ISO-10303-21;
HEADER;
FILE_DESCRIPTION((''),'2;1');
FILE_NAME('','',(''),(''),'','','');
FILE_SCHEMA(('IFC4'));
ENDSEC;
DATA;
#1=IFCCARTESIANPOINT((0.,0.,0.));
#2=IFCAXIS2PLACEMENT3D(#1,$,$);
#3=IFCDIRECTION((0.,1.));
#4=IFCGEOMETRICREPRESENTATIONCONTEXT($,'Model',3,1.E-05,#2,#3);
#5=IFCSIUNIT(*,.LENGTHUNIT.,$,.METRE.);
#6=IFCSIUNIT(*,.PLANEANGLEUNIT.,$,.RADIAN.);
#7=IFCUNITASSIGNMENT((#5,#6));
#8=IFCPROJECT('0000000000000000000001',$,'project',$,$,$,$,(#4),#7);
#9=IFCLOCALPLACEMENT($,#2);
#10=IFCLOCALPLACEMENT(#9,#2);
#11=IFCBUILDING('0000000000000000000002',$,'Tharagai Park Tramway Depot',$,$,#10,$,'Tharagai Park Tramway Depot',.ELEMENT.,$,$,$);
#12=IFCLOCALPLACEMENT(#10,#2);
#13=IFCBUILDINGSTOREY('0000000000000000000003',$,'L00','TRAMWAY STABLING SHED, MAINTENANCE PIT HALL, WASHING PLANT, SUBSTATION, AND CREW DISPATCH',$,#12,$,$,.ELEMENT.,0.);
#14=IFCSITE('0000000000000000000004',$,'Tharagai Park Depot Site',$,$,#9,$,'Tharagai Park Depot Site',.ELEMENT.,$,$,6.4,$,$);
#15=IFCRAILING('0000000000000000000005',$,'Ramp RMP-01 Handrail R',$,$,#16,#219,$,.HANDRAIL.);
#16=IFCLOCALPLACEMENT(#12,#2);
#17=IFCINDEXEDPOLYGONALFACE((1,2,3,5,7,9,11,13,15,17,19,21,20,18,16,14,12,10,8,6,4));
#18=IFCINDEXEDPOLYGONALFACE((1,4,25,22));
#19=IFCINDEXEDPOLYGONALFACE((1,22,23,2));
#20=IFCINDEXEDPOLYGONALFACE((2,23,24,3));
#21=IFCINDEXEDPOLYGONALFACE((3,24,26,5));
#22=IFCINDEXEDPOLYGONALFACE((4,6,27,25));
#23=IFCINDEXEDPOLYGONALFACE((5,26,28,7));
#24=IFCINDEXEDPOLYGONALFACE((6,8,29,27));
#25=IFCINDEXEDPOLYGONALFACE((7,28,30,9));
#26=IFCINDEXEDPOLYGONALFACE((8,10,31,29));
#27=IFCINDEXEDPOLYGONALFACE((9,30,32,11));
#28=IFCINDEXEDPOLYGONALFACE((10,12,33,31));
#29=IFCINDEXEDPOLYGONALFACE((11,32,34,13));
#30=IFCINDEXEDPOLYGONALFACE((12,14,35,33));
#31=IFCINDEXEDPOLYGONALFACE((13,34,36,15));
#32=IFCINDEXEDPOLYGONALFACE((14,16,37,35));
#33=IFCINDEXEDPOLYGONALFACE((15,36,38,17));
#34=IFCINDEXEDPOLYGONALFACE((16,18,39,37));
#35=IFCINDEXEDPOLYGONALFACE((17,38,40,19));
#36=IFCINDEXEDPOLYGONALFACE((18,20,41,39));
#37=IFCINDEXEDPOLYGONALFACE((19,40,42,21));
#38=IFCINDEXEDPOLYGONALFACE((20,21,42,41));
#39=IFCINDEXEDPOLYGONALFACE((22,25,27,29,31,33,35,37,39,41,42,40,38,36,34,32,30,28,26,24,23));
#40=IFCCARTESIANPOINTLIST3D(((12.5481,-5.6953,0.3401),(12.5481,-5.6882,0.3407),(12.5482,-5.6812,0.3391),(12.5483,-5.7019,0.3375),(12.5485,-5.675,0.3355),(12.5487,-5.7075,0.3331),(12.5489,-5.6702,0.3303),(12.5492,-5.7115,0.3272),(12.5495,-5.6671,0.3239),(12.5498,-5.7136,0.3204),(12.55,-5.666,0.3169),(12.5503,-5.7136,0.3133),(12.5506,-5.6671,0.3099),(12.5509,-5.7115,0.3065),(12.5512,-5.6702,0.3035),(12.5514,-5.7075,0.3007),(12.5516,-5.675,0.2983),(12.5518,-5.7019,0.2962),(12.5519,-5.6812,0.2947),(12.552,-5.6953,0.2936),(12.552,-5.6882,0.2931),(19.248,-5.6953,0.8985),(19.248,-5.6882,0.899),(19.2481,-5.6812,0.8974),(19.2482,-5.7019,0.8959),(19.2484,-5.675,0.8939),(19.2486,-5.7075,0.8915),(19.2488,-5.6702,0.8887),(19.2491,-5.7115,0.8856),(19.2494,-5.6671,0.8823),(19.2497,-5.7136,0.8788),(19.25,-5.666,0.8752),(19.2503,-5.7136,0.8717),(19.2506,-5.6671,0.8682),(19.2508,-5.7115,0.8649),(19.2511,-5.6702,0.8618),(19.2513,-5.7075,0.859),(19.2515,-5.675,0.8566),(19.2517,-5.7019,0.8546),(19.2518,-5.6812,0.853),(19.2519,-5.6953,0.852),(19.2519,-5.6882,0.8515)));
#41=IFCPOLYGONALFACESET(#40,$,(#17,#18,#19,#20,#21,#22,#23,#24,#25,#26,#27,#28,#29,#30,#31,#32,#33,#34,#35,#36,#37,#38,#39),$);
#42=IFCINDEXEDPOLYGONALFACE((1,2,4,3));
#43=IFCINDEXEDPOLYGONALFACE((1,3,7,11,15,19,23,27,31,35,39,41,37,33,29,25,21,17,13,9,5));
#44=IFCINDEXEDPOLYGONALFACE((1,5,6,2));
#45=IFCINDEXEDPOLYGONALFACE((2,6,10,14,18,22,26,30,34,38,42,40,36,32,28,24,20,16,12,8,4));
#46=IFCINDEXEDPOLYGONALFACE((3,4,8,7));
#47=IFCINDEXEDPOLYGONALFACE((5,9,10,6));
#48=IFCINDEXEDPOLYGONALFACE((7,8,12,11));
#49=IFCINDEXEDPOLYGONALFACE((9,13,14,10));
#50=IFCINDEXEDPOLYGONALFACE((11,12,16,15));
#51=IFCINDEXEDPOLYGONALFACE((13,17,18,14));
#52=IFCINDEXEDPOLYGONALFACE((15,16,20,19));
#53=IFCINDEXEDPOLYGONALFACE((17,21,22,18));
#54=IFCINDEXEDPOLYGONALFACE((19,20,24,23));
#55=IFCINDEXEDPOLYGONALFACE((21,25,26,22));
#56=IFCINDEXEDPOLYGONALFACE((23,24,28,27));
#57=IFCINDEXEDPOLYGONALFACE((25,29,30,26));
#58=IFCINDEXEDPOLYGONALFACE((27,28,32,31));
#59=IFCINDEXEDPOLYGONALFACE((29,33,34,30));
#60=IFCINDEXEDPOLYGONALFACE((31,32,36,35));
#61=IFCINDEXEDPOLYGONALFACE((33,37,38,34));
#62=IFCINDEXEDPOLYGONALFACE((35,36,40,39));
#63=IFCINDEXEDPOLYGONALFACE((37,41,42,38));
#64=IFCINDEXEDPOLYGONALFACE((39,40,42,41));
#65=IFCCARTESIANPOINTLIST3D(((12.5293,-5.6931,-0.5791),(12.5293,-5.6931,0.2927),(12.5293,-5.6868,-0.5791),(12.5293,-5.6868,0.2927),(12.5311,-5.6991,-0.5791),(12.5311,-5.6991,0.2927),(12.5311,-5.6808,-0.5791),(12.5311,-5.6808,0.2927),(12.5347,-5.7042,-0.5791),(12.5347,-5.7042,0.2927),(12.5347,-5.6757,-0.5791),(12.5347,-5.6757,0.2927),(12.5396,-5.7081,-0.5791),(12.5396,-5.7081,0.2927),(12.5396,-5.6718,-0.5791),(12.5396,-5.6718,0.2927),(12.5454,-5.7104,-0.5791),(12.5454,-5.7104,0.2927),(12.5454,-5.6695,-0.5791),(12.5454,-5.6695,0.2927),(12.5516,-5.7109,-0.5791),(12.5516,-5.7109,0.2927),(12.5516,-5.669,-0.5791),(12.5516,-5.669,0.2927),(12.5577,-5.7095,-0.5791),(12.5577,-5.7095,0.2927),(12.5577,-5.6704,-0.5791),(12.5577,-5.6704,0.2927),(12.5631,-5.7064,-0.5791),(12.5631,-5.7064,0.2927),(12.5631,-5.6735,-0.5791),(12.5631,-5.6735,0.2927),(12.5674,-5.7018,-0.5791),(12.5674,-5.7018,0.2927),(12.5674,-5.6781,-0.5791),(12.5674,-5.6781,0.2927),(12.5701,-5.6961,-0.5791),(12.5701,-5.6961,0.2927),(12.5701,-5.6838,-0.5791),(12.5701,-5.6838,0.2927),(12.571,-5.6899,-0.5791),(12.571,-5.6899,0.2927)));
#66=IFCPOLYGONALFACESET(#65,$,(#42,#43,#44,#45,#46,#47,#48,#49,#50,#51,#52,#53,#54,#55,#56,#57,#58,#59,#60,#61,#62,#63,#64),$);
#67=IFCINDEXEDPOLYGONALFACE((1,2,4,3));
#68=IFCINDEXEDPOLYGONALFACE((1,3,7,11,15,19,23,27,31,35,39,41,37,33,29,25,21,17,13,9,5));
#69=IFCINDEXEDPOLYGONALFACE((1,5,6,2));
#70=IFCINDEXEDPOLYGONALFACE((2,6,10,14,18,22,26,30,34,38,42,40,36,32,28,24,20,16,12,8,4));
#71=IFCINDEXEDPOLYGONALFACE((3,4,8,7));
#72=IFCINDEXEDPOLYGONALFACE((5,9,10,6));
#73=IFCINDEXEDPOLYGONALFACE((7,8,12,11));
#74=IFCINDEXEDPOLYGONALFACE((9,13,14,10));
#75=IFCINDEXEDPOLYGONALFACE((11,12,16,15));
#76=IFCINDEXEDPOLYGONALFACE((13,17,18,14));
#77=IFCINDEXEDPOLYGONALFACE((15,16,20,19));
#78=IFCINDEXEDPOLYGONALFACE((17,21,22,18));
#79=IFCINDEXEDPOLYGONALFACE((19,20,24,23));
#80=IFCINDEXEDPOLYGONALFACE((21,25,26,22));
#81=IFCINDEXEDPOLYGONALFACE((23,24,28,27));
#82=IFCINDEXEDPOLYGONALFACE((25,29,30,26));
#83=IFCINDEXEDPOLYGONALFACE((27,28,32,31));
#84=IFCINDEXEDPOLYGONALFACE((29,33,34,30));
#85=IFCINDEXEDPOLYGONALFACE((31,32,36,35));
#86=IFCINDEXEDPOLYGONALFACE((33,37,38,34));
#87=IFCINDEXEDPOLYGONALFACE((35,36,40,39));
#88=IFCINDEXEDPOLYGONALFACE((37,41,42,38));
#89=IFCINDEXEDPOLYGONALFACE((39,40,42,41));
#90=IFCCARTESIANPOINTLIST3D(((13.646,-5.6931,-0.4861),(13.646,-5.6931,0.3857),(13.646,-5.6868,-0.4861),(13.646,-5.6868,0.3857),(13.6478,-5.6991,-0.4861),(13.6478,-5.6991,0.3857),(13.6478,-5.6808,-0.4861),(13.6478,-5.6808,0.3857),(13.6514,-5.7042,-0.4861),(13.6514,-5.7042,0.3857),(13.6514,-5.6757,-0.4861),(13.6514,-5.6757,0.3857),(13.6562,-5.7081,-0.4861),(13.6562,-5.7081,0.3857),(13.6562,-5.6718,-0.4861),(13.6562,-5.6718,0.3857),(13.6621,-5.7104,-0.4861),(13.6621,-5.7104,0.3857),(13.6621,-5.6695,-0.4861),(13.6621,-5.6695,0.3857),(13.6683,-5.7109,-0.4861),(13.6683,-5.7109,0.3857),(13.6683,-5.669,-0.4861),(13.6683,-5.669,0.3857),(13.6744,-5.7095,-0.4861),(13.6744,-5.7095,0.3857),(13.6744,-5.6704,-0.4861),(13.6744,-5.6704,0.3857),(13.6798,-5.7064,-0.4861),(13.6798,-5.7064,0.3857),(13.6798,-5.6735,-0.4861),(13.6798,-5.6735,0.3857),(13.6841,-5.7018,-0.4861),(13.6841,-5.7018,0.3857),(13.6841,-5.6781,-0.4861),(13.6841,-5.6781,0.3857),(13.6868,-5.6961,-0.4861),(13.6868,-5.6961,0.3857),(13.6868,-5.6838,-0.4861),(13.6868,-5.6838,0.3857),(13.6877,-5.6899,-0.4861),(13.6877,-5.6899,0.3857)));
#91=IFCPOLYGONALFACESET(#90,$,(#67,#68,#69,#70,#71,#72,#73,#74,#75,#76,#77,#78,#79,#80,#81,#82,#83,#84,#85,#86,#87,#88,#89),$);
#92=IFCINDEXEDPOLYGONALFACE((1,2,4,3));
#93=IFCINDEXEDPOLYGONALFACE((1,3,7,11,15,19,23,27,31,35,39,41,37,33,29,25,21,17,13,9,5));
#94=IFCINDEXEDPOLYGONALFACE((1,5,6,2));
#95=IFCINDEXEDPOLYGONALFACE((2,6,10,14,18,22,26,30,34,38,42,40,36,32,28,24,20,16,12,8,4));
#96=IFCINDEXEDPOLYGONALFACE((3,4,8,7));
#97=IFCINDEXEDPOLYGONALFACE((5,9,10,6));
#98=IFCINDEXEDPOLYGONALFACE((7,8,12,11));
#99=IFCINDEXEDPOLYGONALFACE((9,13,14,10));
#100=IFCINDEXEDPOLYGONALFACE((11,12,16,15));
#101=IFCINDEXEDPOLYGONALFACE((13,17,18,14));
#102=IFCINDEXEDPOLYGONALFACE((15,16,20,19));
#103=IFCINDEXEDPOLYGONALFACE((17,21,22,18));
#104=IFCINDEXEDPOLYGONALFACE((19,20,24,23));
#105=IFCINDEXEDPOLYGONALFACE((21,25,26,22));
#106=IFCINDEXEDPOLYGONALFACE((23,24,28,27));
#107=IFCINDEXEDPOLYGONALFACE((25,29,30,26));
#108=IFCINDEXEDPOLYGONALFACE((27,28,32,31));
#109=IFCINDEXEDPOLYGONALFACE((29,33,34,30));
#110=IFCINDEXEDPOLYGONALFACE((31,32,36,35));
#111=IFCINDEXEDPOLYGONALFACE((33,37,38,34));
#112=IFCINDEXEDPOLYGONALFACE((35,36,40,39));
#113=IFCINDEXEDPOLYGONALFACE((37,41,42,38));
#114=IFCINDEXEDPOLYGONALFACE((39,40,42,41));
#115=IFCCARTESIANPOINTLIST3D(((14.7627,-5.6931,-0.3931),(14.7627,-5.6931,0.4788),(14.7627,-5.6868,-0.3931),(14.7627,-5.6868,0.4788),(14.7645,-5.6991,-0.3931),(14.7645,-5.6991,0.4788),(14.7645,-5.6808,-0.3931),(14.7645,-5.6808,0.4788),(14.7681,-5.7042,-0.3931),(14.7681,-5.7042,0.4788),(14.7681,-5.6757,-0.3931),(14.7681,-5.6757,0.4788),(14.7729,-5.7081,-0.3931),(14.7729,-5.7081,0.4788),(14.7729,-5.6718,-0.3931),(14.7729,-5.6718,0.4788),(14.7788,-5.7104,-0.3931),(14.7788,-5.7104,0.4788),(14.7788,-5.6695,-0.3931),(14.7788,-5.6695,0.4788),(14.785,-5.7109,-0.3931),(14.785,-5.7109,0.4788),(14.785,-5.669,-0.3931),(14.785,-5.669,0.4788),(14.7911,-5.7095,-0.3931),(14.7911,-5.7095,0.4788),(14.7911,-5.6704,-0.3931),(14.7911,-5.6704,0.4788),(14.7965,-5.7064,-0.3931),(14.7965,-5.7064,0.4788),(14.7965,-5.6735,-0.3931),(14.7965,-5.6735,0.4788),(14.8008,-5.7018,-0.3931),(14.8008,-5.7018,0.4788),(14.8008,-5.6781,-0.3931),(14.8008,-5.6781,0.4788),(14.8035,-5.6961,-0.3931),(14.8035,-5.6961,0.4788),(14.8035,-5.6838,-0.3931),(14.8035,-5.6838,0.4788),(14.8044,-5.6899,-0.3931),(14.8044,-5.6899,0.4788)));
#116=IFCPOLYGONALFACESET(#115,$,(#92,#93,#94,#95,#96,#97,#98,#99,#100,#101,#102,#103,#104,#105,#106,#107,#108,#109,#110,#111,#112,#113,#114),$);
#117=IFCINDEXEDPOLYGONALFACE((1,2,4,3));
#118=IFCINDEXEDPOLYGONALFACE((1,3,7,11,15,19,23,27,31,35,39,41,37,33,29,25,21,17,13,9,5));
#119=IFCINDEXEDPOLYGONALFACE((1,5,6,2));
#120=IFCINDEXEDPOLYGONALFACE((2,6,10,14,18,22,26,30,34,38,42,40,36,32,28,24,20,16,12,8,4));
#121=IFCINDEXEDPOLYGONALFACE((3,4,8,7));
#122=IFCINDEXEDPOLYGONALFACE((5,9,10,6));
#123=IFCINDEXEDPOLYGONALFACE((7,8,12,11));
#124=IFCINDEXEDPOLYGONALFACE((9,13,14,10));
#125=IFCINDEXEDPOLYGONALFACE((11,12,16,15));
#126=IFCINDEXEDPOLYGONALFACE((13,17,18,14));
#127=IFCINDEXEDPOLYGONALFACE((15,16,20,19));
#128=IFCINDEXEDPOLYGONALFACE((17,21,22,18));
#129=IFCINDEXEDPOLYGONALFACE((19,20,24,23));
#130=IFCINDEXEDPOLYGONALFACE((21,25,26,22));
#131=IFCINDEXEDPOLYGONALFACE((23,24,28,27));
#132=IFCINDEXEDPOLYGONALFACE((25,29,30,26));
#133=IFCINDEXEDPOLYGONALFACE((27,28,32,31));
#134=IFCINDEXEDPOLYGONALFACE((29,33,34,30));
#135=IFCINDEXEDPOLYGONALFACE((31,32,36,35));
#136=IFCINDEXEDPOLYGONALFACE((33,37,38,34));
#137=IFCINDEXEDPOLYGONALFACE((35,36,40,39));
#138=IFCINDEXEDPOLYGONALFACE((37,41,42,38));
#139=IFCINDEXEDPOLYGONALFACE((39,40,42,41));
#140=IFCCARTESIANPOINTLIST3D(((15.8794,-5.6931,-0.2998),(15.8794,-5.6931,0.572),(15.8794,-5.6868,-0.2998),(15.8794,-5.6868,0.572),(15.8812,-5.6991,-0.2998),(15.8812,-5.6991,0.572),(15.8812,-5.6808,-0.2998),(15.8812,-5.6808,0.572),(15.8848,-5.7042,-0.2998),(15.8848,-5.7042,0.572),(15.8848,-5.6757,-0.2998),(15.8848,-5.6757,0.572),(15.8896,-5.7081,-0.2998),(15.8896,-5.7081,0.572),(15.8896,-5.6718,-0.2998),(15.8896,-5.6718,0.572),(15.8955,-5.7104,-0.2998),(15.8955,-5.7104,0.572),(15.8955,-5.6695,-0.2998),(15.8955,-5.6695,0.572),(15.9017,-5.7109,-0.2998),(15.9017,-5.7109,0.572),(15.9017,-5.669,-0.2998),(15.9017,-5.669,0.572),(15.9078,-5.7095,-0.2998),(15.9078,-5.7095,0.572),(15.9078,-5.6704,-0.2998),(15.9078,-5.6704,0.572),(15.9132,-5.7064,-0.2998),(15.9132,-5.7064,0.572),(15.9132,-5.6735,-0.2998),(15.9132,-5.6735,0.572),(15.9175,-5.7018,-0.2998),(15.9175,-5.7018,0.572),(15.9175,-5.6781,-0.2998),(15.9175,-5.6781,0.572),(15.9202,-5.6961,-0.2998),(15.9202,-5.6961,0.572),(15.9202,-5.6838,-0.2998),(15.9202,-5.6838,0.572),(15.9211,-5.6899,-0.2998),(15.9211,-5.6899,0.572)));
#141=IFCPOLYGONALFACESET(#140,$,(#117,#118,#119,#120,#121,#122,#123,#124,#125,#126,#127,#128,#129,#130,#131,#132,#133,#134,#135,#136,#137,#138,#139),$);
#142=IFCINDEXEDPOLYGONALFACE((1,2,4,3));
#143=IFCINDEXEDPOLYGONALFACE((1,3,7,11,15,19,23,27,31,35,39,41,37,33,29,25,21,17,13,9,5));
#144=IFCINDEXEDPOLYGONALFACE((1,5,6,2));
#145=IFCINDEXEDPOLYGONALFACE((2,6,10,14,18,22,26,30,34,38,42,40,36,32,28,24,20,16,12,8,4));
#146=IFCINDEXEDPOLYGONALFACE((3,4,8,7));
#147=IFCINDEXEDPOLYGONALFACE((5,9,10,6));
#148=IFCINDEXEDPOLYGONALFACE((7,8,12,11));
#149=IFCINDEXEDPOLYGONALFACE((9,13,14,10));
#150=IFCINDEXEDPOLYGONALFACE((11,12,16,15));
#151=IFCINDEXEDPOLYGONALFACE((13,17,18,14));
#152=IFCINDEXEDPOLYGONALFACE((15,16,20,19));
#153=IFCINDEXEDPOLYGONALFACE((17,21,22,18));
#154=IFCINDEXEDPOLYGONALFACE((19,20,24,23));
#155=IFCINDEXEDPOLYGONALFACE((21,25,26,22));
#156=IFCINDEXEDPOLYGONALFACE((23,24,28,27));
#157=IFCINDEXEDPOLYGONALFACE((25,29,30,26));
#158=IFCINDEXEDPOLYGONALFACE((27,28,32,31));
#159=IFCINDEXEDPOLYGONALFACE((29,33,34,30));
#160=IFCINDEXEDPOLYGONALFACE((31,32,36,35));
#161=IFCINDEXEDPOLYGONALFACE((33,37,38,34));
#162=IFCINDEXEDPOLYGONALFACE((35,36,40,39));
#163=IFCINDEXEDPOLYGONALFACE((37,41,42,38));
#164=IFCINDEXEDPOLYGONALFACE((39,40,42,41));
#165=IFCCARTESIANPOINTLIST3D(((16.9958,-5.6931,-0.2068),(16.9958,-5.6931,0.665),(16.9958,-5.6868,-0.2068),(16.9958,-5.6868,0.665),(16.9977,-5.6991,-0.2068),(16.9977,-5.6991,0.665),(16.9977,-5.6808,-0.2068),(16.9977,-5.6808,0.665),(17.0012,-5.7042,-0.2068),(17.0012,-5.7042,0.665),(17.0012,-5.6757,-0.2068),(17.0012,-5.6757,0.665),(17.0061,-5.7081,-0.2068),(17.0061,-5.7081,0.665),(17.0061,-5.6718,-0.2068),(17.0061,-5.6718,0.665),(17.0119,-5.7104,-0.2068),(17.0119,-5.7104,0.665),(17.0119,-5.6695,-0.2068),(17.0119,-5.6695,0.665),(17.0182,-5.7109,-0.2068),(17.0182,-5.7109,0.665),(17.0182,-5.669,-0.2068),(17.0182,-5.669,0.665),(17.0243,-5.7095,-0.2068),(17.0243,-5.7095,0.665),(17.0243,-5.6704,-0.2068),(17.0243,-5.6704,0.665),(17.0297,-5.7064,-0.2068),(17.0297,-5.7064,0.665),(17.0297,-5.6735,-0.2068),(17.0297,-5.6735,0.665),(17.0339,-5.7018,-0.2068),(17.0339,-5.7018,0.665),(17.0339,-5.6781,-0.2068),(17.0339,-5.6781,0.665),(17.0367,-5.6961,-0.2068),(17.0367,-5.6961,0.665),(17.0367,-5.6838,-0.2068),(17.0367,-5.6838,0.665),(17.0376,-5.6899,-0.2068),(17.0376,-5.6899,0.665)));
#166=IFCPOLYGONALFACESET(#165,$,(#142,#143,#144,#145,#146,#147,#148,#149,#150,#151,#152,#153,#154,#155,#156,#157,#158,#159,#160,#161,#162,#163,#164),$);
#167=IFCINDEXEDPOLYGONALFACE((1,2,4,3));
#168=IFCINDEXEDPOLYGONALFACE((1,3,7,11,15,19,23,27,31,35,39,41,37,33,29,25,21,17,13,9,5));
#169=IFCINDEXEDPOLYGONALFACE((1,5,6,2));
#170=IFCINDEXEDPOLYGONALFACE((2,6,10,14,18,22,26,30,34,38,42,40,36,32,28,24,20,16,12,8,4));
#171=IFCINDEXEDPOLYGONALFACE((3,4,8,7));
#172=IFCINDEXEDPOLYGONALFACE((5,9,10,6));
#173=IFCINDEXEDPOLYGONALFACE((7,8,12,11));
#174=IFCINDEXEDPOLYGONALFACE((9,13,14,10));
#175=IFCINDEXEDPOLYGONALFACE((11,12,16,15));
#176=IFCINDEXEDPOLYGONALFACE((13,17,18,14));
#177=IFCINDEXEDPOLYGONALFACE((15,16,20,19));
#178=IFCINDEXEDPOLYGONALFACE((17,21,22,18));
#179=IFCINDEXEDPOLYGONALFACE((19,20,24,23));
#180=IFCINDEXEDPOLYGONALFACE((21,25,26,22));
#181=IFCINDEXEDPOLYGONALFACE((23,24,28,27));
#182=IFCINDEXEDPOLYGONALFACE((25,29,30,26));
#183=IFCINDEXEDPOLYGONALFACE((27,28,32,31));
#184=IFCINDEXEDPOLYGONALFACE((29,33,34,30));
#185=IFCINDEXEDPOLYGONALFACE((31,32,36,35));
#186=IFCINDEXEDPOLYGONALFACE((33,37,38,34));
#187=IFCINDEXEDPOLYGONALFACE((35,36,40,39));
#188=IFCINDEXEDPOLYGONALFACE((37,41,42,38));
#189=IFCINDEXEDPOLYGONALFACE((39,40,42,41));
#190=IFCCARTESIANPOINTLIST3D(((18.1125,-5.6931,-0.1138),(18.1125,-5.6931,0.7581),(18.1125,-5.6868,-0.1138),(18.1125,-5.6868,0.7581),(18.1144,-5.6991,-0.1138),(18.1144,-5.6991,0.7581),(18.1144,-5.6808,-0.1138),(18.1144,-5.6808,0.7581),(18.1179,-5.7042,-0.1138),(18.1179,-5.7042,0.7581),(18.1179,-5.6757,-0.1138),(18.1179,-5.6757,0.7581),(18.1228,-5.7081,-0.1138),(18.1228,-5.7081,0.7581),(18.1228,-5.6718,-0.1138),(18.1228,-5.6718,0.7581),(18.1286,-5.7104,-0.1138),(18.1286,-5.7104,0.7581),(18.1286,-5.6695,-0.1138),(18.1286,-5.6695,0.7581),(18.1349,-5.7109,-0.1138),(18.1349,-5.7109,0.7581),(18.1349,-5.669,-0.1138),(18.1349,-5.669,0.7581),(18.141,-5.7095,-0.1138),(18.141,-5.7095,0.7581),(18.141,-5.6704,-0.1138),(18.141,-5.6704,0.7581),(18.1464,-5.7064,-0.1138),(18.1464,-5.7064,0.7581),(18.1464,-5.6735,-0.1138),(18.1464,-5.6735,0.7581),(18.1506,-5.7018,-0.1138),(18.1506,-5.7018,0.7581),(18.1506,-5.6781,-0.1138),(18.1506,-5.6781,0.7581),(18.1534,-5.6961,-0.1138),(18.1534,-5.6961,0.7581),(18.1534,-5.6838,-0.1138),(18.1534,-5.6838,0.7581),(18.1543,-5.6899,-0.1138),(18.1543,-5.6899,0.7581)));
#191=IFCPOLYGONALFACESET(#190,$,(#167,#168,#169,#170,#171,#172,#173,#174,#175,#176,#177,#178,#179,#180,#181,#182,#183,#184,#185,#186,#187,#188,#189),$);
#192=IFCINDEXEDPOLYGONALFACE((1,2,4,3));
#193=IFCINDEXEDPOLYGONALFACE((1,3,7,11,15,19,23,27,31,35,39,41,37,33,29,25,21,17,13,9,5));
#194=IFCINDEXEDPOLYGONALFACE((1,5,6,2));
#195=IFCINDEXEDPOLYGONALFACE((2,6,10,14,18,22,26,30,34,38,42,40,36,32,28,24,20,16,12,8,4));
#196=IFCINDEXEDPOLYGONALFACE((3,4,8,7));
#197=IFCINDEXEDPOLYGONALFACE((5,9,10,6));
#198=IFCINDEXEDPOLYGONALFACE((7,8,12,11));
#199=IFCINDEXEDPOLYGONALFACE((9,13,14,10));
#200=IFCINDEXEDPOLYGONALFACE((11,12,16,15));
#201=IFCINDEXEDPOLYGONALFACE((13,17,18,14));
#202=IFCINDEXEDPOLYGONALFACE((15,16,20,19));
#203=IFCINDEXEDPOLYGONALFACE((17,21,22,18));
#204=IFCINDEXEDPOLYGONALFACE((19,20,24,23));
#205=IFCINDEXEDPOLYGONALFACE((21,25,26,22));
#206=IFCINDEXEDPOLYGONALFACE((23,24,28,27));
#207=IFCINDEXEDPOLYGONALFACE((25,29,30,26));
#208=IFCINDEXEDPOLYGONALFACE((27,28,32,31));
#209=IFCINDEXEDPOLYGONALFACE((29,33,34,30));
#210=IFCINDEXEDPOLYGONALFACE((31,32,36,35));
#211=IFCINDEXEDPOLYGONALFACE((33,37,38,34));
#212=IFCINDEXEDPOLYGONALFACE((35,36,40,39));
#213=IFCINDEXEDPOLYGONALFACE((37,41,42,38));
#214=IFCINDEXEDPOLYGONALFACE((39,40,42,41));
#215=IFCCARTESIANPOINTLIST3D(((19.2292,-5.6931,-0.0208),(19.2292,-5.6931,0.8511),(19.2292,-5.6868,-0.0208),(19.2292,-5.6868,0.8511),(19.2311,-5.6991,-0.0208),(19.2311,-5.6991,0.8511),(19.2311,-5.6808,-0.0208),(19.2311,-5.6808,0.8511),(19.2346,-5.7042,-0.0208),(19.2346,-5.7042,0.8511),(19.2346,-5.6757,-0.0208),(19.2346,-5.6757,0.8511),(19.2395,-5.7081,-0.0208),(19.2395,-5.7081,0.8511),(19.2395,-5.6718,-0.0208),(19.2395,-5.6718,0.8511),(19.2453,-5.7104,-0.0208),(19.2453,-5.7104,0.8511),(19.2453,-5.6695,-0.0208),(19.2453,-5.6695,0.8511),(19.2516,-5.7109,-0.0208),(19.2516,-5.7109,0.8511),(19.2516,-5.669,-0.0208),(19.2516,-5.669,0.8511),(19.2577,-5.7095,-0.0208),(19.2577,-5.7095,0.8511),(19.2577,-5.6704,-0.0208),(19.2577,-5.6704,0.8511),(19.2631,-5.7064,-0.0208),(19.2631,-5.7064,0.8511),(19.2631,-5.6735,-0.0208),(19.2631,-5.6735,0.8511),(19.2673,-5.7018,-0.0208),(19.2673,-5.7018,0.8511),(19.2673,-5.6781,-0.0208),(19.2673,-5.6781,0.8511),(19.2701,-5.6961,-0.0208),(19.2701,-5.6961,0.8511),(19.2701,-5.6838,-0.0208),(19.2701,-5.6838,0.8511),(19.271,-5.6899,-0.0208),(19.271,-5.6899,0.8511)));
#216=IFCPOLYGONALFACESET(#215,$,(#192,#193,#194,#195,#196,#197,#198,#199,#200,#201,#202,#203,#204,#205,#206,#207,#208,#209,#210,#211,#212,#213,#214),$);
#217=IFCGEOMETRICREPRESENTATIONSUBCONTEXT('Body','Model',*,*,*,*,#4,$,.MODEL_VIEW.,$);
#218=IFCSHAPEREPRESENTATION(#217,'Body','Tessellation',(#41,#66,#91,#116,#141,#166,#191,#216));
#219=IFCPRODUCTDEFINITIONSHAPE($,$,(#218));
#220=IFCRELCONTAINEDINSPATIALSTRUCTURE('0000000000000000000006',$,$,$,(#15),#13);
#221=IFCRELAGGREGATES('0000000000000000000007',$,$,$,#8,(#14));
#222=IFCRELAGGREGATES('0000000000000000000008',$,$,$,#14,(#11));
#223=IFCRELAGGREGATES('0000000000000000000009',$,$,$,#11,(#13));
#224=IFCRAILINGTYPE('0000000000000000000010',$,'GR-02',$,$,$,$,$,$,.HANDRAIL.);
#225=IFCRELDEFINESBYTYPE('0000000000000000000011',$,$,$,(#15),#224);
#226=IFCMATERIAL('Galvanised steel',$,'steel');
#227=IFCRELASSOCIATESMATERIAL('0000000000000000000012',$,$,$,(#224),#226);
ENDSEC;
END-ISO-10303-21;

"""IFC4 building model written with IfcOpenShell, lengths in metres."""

from ifc_helpers import new_model, si_unit, direction, frame, origin, origin_2d, place, context, subcontext, project, spatial, circle, extrude, material, type_object, element, save


model = new_model("IFC4")

# Units and contexts
model_context = context("Model", 3, precision=1e-05, world=origin(), true_north=direction((0.0, 1.0)))
body_context = subcontext(model_context, "Body", "Model", "MODEL_VIEW")
ifc_project = project(units=[si_unit("LENGTHUNIT", "METRE"), si_unit("PLANEANGLEUNIT", "RADIAN")], contexts=[model_context])

# Site, building, storey
site_placement = place(None, origin())
site = spatial("IfcSite", under=ifc_project, at=site_placement, Name="Tharagai Park Depot Site", LongName="Tharagai Park Depot Site", CompositionType="ELEMENT", RefElevation=6.4)
building_placement = place(site_placement, origin())
building = spatial("IfcBuilding", under=site, at=building_placement, Name="Tharagai Park Tramway Depot", LongName="Tharagai Park Tramway Depot", CompositionType="ELEMENT")
storey_placement = place(building_placement, origin())
storey = spatial("IfcBuildingStorey", under=building, at=storey_placement, Name="L00", Description="TRAMWAY STABLING SHED, MAINTENANCE PIT HALL, WASHING PLANT, SUBSTATION, AND CREW DISPATCH", CompositionType="ELEMENT", Elevation=0.0)

# Shared definitions
ifc_material_1 = material(Name="Galvanised steel", Category="steel")

# Railing
railing_type_1 = type_object("IfcRailingType", Name="GR-02", PredefinedType="HANDRAIL", material=ifc_material_1)
for number, where, name in (
    (1, (12.55, -5.6899, -0.5791), "Ramp RMP-01 Handrail R"),
):
    element("IfcRailing", number, at=place(storey_placement, frame(where)), inside=storey, type_object=railing_type_1, Name=name, PredefinedType="HANDRAIL", context=body_context, shape_type="SweptSolid", body=[
        extrude(circle(Radius=0.0239, at=origin_2d()), frame((0.0, 0.0, 0.896), z_axis=(0.996546, 0.0, 0.083048), x_axis=(0.0, 1.0, 0.0)), (0.0, 0.0, 1.0), 6.7231),
        extrude(circle(Radius=0.021, at=origin_2d()), origin(), (0.0, 0.0, 1.0), 0.8718),
        extrude(circle(Radius=0.021, at=origin_2d()), frame((1.1167, 0.0, 0.093)), (0.0, 0.0, 1.0), 0.8718),
        extrude(circle(Radius=0.021, at=origin_2d()), frame((2.2334, 0.0, 0.186)), (0.0, 0.0, 1.0), 0.8718),
        extrude(circle(Radius=0.021, at=origin_2d()), frame((3.3501, 0.0, 0.2793)), (0.0, 0.0, 1.0), 0.8718),
        extrude(circle(Radius=0.021, at=origin_2d()), frame((4.4666, 0.0, 0.3723)), (0.0, 0.0, 1.0), 0.8718),
        extrude(circle(Radius=0.021, at=origin_2d()), frame((5.5833, 0.0, 0.4653)), (0.0, 0.0, 1.0), 0.8718),
        extrude(circle(Radius=0.021, at=origin_2d()), frame((6.7, 0.0, 0.5583)), (0.0, 0.0, 1.0), 0.8718),
    ])

save(model, "model.ifc")
